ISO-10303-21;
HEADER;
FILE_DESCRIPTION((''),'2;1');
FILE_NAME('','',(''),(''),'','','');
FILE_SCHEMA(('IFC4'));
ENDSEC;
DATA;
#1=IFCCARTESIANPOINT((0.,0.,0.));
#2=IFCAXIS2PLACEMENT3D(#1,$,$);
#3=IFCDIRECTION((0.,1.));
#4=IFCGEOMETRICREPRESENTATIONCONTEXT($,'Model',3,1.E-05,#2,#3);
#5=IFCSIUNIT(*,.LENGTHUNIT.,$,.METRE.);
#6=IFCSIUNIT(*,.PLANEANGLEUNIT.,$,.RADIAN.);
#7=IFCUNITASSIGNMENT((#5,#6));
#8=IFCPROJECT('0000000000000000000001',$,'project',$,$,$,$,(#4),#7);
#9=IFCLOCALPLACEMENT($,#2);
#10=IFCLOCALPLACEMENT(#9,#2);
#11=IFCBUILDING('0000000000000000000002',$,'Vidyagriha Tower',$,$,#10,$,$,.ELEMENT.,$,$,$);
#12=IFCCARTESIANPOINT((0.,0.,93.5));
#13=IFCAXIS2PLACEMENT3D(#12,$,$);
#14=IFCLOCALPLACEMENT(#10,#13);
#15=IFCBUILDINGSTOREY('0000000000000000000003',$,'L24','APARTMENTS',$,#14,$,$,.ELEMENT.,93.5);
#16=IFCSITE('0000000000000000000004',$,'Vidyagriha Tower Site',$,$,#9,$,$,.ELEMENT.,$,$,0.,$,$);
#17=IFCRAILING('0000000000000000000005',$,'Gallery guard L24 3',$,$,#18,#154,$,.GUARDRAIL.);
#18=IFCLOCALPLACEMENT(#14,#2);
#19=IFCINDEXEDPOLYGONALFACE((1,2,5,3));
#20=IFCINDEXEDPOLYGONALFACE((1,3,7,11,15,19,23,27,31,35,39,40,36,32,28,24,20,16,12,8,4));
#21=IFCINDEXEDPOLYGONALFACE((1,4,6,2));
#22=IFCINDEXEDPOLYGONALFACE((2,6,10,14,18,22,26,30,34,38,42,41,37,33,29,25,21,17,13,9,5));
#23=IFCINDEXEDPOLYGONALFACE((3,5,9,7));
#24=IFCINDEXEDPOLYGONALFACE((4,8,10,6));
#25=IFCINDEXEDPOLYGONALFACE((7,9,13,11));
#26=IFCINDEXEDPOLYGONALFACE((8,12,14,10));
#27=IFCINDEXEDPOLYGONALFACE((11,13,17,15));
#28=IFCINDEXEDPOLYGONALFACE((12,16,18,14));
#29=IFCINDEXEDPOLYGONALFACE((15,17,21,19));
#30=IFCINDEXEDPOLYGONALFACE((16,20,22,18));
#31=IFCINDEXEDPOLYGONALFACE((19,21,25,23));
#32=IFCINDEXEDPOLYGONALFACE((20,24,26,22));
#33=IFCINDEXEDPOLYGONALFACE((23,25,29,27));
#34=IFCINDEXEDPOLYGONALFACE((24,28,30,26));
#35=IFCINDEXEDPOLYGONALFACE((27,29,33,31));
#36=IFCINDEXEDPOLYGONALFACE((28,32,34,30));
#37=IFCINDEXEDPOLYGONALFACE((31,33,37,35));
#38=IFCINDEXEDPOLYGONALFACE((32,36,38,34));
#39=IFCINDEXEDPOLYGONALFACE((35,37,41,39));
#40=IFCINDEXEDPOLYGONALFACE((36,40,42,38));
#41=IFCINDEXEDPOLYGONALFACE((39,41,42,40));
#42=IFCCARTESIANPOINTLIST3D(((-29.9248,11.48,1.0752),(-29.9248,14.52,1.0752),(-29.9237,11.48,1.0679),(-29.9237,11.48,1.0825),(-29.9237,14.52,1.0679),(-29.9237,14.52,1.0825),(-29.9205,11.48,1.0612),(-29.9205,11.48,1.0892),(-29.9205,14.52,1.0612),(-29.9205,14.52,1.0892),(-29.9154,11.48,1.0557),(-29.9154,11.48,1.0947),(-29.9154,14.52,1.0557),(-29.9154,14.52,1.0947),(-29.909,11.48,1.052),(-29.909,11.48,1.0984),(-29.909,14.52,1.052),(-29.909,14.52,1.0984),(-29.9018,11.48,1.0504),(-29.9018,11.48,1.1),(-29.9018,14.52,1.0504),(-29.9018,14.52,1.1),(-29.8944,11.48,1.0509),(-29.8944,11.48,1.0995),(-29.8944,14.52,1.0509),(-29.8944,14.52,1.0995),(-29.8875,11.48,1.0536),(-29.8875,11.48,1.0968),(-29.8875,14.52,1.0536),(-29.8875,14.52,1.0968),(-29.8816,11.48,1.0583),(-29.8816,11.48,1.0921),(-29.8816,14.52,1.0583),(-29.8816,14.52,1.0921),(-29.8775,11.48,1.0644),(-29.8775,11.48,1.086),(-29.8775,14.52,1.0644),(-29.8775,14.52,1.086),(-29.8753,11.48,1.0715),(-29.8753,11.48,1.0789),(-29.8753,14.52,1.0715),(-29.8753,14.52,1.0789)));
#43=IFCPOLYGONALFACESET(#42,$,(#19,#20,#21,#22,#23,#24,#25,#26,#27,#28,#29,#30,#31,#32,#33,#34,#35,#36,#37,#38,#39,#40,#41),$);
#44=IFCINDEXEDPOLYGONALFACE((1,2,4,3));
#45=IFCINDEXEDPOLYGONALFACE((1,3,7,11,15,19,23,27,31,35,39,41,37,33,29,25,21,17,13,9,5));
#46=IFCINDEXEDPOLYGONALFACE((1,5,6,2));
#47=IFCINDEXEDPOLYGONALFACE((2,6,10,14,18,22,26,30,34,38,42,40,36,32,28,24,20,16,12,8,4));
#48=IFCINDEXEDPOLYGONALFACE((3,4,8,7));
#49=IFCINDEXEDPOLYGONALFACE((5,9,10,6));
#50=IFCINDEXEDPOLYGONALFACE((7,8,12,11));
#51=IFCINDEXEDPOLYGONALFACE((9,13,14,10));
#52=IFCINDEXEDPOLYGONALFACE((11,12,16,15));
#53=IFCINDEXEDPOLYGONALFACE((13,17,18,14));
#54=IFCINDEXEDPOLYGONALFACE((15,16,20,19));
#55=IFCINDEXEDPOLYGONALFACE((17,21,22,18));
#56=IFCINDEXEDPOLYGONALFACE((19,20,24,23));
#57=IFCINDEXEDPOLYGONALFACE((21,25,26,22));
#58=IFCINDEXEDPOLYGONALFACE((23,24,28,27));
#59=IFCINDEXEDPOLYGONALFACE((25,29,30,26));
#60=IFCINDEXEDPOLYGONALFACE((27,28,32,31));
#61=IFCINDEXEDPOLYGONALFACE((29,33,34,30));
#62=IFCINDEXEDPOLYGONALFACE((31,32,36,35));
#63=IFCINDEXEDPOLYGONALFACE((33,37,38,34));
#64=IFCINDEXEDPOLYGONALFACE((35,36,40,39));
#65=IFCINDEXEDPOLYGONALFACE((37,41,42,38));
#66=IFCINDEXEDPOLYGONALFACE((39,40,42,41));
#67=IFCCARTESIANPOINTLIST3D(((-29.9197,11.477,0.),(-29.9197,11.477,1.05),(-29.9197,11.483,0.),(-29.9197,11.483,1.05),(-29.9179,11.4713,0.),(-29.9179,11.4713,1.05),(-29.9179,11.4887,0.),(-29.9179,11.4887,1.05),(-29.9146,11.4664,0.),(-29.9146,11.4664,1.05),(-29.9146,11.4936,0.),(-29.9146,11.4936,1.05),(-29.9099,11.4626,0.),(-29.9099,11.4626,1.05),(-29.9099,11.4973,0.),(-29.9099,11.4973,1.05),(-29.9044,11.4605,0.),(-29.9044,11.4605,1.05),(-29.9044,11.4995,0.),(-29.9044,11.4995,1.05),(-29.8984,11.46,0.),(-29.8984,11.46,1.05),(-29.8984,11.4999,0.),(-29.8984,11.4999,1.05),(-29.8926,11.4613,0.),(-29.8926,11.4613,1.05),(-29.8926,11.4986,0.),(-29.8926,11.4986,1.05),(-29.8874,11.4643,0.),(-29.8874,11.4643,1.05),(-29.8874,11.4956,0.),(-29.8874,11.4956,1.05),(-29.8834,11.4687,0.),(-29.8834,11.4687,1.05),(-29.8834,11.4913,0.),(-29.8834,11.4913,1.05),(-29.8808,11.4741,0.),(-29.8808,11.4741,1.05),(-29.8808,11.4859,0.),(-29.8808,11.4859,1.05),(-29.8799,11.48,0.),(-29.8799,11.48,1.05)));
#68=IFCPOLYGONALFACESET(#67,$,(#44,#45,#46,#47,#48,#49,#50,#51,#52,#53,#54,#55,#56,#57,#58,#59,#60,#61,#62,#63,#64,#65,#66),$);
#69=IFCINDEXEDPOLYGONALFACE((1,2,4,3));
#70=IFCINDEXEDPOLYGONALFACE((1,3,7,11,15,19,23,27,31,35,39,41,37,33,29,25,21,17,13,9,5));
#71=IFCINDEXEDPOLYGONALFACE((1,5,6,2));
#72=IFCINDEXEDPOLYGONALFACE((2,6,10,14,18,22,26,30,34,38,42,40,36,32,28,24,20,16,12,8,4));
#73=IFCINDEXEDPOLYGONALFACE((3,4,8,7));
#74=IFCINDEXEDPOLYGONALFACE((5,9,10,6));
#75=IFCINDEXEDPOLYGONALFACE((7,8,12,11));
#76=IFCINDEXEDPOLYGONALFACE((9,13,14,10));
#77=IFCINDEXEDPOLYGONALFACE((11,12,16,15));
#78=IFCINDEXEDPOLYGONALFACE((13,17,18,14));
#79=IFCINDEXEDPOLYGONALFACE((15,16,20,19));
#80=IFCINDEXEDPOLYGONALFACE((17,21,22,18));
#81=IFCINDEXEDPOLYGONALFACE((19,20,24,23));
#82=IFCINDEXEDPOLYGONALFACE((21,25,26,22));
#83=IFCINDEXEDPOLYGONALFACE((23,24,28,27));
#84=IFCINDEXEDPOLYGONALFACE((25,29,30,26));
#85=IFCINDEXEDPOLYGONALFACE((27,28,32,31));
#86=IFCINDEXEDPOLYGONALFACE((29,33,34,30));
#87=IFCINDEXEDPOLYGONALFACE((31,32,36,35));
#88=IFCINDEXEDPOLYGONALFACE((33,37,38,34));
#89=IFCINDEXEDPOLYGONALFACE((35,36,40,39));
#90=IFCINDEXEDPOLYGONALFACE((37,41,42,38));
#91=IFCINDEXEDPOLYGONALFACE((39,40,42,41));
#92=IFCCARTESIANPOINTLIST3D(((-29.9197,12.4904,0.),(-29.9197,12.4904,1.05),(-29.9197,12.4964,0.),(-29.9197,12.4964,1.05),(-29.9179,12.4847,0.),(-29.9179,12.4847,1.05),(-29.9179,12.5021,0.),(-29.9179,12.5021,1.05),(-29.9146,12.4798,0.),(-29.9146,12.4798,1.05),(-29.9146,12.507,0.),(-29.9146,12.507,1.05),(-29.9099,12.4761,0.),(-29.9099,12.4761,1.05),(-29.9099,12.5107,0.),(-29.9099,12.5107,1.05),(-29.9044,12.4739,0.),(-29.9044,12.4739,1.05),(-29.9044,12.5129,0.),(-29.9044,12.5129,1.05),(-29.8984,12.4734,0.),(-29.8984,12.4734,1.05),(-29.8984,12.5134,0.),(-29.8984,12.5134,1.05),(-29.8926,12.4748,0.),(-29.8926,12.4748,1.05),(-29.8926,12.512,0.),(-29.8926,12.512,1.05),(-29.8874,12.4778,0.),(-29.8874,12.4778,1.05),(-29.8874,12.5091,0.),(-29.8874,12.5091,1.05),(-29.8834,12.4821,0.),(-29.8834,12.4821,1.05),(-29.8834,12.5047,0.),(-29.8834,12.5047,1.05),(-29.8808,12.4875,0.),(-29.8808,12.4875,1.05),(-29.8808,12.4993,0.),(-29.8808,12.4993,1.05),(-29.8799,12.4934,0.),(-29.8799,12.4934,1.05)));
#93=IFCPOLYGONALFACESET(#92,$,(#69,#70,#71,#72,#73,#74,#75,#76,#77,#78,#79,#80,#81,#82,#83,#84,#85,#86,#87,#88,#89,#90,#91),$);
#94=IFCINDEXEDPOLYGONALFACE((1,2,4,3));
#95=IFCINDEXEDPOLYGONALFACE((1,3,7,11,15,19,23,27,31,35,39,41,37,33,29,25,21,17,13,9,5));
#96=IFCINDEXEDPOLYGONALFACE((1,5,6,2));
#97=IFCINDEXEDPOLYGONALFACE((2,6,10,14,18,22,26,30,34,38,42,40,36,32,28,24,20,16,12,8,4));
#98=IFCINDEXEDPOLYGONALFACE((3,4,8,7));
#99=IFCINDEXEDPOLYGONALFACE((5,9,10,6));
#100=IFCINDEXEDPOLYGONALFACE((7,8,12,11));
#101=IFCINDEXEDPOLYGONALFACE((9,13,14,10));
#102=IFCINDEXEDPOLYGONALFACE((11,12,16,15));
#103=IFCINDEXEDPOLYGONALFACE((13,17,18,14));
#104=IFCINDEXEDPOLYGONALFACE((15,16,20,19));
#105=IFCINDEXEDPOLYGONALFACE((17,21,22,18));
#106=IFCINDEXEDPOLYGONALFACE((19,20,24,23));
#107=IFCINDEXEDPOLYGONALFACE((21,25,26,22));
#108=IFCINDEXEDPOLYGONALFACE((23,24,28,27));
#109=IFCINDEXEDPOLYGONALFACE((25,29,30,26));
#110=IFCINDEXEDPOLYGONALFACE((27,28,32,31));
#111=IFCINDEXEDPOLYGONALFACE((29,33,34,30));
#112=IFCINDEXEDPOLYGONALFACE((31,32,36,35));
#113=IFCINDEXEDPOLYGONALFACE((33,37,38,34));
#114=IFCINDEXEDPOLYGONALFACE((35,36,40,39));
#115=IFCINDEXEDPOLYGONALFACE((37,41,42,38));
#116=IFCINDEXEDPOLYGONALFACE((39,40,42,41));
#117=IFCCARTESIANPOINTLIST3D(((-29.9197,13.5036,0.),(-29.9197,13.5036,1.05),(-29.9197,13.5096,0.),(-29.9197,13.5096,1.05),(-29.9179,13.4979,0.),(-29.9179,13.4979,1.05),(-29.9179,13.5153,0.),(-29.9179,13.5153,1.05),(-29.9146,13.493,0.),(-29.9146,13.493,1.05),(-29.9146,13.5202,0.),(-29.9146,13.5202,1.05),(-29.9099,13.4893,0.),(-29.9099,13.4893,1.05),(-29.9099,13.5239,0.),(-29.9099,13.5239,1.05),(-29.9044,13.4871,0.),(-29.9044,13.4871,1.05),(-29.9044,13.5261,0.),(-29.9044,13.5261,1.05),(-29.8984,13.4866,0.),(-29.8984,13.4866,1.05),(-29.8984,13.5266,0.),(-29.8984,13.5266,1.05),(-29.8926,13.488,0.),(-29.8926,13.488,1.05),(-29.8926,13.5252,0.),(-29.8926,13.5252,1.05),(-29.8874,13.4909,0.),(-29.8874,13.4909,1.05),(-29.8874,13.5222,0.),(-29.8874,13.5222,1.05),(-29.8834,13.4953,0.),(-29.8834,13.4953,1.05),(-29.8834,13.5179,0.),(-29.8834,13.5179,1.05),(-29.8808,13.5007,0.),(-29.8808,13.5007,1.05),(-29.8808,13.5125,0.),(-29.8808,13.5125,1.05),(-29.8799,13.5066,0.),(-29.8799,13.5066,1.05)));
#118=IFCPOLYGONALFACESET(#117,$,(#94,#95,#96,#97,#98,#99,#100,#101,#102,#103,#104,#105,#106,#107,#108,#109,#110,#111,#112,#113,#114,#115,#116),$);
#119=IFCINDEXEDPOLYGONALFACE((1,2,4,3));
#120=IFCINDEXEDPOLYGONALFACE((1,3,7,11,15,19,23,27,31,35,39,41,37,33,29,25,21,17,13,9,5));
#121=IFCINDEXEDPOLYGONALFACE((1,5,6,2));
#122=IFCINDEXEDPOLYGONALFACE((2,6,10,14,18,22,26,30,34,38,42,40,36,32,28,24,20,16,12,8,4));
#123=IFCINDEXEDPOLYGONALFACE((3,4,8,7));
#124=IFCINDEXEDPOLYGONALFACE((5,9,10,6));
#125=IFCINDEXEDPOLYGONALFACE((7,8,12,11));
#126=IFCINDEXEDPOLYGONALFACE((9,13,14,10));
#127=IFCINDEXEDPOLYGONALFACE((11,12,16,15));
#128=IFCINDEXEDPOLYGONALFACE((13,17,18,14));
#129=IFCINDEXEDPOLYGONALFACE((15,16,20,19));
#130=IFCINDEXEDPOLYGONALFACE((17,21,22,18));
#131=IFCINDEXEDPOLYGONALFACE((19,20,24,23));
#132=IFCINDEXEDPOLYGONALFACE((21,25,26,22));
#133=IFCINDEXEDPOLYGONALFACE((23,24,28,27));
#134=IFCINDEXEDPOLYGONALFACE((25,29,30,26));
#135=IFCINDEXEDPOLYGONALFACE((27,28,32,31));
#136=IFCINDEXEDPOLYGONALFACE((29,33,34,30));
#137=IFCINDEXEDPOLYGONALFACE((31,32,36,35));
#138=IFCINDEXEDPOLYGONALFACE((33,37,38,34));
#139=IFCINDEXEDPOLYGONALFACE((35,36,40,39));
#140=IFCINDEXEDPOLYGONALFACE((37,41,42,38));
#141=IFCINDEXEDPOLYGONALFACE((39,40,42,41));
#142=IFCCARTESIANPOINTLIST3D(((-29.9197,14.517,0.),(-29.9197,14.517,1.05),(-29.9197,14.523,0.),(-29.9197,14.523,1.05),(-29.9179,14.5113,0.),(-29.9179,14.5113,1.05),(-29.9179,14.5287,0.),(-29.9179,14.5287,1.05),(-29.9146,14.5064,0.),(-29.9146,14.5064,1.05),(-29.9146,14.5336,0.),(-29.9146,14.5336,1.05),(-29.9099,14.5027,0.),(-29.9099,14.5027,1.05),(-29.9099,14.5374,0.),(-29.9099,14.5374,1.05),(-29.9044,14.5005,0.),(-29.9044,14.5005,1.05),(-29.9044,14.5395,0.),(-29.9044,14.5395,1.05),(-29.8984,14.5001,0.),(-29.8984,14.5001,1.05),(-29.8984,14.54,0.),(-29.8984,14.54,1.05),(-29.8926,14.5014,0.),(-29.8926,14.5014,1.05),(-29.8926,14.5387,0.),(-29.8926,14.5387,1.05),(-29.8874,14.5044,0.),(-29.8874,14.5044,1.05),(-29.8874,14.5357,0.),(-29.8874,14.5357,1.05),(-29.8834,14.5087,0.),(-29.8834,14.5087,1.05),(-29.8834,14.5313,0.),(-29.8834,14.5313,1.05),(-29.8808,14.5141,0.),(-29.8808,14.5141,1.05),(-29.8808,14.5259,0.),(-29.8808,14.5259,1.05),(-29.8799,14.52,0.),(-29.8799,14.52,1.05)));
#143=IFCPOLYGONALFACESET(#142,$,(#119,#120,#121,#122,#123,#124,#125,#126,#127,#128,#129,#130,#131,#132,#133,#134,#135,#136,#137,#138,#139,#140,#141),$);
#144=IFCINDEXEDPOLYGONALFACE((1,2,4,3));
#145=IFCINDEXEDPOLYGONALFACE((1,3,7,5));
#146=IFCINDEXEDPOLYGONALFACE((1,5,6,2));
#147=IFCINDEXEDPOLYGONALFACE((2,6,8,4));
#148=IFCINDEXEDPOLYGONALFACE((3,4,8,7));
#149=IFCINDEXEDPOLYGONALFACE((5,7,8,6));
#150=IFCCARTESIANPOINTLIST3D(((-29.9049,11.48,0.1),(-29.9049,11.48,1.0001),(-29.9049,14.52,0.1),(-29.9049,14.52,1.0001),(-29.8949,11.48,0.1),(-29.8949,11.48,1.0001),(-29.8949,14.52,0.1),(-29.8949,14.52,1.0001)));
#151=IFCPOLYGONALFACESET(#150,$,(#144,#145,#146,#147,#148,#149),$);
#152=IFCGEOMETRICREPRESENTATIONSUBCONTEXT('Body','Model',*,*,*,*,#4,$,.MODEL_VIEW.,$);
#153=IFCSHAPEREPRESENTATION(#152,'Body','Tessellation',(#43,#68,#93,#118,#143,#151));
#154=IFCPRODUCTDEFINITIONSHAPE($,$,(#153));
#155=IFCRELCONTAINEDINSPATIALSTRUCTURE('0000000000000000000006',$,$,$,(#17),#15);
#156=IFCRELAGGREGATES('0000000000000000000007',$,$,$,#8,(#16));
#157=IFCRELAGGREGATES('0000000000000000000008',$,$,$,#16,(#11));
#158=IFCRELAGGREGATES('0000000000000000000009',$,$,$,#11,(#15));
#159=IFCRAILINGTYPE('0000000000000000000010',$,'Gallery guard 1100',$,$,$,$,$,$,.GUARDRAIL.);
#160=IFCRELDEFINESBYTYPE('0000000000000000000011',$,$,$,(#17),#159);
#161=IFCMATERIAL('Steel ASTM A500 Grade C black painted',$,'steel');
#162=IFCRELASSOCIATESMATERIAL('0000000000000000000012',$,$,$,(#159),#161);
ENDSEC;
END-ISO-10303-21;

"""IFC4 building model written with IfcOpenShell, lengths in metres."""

from ifc_helpers import new_model, si_unit, direction, frame, origin, origin_2d, place, context, subcontext, project, spatial, rectangle, circle, extrude, material, type_object, element, save


model = new_model("IFC4")

# Units and contexts
model_context = context("Model", 3, precision=1e-05, world=origin(), true_north=direction((0.0, 1.0)))
body_context = subcontext(model_context, "Body", "Model", "MODEL_VIEW")
ifc_project = project(units=[si_unit("LENGTHUNIT", "METRE"), si_unit("PLANEANGLEUNIT", "RADIAN")], contexts=[model_context])

# Site, building, storey
site_placement = place(None, origin())
site = spatial("IfcSite", under=ifc_project, at=site_placement, Name="Vidyagriha Tower Site", CompositionType="ELEMENT", RefElevation=0.0)
building_placement = place(site_placement, origin())
building = spatial("IfcBuilding", under=site, at=building_placement, Name="Vidyagriha Tower", CompositionType="ELEMENT")
storey_placement = place(building_placement, frame((0.0, 0.0, 93.5)))
storey = spatial("IfcBuildingStorey", under=building, at=storey_placement, Name="L24", Description="APARTMENTS", CompositionType="ELEMENT", Elevation=93.5)

# Railing
ifc_material_1 = material(Name="Steel ASTM A500 Grade C black painted", Category="steel")
railing_type_1 = type_object("IfcRailingType", Name="Gallery guard 1100", PredefinedType="GUARDRAIL", material=ifc_material_1)
railing_1_placement = place(storey_placement, frame((-29.8999, 11.48, 0.0)))
element("IfcRailing", 1, at=railing_1_placement, inside=storey, type_object=railing_type_1, Name="Gallery guard L24 3", PredefinedType="GUARDRAIL", context=body_context, shape_type="SweptSolid", body=[
    extrude(circle(Radius=0.0249, at=origin_2d()), frame((0.0, 0.0, 1.0752), z_axis=(0.0, 1.0, 0.0), x_axis=(-1.0, 0.0, 0.0)), (0.0, 0.0, 1.0), 3.04),
    extrude(circle(Radius=0.02, at=origin_2d()), origin(), (0.0, 0.0, 1.0), 1.05),
    extrude(circle(Radius=0.02, at=origin_2d()), frame((0.0, 1.0134, 0.0)), (0.0, 0.0, 1.0), 1.05),
    extrude(circle(Radius=0.02, at=origin_2d()), frame((0.0, 2.0266, 0.0)), (0.0, 0.0, 1.0), 1.05),
    extrude(circle(Radius=0.02, at=origin_2d()), frame((0.0, 3.04, 0.0)), (0.0, 0.0, 1.0), 1.05),
    extrude(rectangle(XDim=0.01, YDim=0.9001, at=origin_2d()), frame((0.0, 0.0, 0.55), z_axis=(0.0, 1.0, 0.0), x_axis=(-1.0, 0.0, 0.0)), (0.0, 0.0, 1.0), 3.04),
])

save(model, "model.ifc")
